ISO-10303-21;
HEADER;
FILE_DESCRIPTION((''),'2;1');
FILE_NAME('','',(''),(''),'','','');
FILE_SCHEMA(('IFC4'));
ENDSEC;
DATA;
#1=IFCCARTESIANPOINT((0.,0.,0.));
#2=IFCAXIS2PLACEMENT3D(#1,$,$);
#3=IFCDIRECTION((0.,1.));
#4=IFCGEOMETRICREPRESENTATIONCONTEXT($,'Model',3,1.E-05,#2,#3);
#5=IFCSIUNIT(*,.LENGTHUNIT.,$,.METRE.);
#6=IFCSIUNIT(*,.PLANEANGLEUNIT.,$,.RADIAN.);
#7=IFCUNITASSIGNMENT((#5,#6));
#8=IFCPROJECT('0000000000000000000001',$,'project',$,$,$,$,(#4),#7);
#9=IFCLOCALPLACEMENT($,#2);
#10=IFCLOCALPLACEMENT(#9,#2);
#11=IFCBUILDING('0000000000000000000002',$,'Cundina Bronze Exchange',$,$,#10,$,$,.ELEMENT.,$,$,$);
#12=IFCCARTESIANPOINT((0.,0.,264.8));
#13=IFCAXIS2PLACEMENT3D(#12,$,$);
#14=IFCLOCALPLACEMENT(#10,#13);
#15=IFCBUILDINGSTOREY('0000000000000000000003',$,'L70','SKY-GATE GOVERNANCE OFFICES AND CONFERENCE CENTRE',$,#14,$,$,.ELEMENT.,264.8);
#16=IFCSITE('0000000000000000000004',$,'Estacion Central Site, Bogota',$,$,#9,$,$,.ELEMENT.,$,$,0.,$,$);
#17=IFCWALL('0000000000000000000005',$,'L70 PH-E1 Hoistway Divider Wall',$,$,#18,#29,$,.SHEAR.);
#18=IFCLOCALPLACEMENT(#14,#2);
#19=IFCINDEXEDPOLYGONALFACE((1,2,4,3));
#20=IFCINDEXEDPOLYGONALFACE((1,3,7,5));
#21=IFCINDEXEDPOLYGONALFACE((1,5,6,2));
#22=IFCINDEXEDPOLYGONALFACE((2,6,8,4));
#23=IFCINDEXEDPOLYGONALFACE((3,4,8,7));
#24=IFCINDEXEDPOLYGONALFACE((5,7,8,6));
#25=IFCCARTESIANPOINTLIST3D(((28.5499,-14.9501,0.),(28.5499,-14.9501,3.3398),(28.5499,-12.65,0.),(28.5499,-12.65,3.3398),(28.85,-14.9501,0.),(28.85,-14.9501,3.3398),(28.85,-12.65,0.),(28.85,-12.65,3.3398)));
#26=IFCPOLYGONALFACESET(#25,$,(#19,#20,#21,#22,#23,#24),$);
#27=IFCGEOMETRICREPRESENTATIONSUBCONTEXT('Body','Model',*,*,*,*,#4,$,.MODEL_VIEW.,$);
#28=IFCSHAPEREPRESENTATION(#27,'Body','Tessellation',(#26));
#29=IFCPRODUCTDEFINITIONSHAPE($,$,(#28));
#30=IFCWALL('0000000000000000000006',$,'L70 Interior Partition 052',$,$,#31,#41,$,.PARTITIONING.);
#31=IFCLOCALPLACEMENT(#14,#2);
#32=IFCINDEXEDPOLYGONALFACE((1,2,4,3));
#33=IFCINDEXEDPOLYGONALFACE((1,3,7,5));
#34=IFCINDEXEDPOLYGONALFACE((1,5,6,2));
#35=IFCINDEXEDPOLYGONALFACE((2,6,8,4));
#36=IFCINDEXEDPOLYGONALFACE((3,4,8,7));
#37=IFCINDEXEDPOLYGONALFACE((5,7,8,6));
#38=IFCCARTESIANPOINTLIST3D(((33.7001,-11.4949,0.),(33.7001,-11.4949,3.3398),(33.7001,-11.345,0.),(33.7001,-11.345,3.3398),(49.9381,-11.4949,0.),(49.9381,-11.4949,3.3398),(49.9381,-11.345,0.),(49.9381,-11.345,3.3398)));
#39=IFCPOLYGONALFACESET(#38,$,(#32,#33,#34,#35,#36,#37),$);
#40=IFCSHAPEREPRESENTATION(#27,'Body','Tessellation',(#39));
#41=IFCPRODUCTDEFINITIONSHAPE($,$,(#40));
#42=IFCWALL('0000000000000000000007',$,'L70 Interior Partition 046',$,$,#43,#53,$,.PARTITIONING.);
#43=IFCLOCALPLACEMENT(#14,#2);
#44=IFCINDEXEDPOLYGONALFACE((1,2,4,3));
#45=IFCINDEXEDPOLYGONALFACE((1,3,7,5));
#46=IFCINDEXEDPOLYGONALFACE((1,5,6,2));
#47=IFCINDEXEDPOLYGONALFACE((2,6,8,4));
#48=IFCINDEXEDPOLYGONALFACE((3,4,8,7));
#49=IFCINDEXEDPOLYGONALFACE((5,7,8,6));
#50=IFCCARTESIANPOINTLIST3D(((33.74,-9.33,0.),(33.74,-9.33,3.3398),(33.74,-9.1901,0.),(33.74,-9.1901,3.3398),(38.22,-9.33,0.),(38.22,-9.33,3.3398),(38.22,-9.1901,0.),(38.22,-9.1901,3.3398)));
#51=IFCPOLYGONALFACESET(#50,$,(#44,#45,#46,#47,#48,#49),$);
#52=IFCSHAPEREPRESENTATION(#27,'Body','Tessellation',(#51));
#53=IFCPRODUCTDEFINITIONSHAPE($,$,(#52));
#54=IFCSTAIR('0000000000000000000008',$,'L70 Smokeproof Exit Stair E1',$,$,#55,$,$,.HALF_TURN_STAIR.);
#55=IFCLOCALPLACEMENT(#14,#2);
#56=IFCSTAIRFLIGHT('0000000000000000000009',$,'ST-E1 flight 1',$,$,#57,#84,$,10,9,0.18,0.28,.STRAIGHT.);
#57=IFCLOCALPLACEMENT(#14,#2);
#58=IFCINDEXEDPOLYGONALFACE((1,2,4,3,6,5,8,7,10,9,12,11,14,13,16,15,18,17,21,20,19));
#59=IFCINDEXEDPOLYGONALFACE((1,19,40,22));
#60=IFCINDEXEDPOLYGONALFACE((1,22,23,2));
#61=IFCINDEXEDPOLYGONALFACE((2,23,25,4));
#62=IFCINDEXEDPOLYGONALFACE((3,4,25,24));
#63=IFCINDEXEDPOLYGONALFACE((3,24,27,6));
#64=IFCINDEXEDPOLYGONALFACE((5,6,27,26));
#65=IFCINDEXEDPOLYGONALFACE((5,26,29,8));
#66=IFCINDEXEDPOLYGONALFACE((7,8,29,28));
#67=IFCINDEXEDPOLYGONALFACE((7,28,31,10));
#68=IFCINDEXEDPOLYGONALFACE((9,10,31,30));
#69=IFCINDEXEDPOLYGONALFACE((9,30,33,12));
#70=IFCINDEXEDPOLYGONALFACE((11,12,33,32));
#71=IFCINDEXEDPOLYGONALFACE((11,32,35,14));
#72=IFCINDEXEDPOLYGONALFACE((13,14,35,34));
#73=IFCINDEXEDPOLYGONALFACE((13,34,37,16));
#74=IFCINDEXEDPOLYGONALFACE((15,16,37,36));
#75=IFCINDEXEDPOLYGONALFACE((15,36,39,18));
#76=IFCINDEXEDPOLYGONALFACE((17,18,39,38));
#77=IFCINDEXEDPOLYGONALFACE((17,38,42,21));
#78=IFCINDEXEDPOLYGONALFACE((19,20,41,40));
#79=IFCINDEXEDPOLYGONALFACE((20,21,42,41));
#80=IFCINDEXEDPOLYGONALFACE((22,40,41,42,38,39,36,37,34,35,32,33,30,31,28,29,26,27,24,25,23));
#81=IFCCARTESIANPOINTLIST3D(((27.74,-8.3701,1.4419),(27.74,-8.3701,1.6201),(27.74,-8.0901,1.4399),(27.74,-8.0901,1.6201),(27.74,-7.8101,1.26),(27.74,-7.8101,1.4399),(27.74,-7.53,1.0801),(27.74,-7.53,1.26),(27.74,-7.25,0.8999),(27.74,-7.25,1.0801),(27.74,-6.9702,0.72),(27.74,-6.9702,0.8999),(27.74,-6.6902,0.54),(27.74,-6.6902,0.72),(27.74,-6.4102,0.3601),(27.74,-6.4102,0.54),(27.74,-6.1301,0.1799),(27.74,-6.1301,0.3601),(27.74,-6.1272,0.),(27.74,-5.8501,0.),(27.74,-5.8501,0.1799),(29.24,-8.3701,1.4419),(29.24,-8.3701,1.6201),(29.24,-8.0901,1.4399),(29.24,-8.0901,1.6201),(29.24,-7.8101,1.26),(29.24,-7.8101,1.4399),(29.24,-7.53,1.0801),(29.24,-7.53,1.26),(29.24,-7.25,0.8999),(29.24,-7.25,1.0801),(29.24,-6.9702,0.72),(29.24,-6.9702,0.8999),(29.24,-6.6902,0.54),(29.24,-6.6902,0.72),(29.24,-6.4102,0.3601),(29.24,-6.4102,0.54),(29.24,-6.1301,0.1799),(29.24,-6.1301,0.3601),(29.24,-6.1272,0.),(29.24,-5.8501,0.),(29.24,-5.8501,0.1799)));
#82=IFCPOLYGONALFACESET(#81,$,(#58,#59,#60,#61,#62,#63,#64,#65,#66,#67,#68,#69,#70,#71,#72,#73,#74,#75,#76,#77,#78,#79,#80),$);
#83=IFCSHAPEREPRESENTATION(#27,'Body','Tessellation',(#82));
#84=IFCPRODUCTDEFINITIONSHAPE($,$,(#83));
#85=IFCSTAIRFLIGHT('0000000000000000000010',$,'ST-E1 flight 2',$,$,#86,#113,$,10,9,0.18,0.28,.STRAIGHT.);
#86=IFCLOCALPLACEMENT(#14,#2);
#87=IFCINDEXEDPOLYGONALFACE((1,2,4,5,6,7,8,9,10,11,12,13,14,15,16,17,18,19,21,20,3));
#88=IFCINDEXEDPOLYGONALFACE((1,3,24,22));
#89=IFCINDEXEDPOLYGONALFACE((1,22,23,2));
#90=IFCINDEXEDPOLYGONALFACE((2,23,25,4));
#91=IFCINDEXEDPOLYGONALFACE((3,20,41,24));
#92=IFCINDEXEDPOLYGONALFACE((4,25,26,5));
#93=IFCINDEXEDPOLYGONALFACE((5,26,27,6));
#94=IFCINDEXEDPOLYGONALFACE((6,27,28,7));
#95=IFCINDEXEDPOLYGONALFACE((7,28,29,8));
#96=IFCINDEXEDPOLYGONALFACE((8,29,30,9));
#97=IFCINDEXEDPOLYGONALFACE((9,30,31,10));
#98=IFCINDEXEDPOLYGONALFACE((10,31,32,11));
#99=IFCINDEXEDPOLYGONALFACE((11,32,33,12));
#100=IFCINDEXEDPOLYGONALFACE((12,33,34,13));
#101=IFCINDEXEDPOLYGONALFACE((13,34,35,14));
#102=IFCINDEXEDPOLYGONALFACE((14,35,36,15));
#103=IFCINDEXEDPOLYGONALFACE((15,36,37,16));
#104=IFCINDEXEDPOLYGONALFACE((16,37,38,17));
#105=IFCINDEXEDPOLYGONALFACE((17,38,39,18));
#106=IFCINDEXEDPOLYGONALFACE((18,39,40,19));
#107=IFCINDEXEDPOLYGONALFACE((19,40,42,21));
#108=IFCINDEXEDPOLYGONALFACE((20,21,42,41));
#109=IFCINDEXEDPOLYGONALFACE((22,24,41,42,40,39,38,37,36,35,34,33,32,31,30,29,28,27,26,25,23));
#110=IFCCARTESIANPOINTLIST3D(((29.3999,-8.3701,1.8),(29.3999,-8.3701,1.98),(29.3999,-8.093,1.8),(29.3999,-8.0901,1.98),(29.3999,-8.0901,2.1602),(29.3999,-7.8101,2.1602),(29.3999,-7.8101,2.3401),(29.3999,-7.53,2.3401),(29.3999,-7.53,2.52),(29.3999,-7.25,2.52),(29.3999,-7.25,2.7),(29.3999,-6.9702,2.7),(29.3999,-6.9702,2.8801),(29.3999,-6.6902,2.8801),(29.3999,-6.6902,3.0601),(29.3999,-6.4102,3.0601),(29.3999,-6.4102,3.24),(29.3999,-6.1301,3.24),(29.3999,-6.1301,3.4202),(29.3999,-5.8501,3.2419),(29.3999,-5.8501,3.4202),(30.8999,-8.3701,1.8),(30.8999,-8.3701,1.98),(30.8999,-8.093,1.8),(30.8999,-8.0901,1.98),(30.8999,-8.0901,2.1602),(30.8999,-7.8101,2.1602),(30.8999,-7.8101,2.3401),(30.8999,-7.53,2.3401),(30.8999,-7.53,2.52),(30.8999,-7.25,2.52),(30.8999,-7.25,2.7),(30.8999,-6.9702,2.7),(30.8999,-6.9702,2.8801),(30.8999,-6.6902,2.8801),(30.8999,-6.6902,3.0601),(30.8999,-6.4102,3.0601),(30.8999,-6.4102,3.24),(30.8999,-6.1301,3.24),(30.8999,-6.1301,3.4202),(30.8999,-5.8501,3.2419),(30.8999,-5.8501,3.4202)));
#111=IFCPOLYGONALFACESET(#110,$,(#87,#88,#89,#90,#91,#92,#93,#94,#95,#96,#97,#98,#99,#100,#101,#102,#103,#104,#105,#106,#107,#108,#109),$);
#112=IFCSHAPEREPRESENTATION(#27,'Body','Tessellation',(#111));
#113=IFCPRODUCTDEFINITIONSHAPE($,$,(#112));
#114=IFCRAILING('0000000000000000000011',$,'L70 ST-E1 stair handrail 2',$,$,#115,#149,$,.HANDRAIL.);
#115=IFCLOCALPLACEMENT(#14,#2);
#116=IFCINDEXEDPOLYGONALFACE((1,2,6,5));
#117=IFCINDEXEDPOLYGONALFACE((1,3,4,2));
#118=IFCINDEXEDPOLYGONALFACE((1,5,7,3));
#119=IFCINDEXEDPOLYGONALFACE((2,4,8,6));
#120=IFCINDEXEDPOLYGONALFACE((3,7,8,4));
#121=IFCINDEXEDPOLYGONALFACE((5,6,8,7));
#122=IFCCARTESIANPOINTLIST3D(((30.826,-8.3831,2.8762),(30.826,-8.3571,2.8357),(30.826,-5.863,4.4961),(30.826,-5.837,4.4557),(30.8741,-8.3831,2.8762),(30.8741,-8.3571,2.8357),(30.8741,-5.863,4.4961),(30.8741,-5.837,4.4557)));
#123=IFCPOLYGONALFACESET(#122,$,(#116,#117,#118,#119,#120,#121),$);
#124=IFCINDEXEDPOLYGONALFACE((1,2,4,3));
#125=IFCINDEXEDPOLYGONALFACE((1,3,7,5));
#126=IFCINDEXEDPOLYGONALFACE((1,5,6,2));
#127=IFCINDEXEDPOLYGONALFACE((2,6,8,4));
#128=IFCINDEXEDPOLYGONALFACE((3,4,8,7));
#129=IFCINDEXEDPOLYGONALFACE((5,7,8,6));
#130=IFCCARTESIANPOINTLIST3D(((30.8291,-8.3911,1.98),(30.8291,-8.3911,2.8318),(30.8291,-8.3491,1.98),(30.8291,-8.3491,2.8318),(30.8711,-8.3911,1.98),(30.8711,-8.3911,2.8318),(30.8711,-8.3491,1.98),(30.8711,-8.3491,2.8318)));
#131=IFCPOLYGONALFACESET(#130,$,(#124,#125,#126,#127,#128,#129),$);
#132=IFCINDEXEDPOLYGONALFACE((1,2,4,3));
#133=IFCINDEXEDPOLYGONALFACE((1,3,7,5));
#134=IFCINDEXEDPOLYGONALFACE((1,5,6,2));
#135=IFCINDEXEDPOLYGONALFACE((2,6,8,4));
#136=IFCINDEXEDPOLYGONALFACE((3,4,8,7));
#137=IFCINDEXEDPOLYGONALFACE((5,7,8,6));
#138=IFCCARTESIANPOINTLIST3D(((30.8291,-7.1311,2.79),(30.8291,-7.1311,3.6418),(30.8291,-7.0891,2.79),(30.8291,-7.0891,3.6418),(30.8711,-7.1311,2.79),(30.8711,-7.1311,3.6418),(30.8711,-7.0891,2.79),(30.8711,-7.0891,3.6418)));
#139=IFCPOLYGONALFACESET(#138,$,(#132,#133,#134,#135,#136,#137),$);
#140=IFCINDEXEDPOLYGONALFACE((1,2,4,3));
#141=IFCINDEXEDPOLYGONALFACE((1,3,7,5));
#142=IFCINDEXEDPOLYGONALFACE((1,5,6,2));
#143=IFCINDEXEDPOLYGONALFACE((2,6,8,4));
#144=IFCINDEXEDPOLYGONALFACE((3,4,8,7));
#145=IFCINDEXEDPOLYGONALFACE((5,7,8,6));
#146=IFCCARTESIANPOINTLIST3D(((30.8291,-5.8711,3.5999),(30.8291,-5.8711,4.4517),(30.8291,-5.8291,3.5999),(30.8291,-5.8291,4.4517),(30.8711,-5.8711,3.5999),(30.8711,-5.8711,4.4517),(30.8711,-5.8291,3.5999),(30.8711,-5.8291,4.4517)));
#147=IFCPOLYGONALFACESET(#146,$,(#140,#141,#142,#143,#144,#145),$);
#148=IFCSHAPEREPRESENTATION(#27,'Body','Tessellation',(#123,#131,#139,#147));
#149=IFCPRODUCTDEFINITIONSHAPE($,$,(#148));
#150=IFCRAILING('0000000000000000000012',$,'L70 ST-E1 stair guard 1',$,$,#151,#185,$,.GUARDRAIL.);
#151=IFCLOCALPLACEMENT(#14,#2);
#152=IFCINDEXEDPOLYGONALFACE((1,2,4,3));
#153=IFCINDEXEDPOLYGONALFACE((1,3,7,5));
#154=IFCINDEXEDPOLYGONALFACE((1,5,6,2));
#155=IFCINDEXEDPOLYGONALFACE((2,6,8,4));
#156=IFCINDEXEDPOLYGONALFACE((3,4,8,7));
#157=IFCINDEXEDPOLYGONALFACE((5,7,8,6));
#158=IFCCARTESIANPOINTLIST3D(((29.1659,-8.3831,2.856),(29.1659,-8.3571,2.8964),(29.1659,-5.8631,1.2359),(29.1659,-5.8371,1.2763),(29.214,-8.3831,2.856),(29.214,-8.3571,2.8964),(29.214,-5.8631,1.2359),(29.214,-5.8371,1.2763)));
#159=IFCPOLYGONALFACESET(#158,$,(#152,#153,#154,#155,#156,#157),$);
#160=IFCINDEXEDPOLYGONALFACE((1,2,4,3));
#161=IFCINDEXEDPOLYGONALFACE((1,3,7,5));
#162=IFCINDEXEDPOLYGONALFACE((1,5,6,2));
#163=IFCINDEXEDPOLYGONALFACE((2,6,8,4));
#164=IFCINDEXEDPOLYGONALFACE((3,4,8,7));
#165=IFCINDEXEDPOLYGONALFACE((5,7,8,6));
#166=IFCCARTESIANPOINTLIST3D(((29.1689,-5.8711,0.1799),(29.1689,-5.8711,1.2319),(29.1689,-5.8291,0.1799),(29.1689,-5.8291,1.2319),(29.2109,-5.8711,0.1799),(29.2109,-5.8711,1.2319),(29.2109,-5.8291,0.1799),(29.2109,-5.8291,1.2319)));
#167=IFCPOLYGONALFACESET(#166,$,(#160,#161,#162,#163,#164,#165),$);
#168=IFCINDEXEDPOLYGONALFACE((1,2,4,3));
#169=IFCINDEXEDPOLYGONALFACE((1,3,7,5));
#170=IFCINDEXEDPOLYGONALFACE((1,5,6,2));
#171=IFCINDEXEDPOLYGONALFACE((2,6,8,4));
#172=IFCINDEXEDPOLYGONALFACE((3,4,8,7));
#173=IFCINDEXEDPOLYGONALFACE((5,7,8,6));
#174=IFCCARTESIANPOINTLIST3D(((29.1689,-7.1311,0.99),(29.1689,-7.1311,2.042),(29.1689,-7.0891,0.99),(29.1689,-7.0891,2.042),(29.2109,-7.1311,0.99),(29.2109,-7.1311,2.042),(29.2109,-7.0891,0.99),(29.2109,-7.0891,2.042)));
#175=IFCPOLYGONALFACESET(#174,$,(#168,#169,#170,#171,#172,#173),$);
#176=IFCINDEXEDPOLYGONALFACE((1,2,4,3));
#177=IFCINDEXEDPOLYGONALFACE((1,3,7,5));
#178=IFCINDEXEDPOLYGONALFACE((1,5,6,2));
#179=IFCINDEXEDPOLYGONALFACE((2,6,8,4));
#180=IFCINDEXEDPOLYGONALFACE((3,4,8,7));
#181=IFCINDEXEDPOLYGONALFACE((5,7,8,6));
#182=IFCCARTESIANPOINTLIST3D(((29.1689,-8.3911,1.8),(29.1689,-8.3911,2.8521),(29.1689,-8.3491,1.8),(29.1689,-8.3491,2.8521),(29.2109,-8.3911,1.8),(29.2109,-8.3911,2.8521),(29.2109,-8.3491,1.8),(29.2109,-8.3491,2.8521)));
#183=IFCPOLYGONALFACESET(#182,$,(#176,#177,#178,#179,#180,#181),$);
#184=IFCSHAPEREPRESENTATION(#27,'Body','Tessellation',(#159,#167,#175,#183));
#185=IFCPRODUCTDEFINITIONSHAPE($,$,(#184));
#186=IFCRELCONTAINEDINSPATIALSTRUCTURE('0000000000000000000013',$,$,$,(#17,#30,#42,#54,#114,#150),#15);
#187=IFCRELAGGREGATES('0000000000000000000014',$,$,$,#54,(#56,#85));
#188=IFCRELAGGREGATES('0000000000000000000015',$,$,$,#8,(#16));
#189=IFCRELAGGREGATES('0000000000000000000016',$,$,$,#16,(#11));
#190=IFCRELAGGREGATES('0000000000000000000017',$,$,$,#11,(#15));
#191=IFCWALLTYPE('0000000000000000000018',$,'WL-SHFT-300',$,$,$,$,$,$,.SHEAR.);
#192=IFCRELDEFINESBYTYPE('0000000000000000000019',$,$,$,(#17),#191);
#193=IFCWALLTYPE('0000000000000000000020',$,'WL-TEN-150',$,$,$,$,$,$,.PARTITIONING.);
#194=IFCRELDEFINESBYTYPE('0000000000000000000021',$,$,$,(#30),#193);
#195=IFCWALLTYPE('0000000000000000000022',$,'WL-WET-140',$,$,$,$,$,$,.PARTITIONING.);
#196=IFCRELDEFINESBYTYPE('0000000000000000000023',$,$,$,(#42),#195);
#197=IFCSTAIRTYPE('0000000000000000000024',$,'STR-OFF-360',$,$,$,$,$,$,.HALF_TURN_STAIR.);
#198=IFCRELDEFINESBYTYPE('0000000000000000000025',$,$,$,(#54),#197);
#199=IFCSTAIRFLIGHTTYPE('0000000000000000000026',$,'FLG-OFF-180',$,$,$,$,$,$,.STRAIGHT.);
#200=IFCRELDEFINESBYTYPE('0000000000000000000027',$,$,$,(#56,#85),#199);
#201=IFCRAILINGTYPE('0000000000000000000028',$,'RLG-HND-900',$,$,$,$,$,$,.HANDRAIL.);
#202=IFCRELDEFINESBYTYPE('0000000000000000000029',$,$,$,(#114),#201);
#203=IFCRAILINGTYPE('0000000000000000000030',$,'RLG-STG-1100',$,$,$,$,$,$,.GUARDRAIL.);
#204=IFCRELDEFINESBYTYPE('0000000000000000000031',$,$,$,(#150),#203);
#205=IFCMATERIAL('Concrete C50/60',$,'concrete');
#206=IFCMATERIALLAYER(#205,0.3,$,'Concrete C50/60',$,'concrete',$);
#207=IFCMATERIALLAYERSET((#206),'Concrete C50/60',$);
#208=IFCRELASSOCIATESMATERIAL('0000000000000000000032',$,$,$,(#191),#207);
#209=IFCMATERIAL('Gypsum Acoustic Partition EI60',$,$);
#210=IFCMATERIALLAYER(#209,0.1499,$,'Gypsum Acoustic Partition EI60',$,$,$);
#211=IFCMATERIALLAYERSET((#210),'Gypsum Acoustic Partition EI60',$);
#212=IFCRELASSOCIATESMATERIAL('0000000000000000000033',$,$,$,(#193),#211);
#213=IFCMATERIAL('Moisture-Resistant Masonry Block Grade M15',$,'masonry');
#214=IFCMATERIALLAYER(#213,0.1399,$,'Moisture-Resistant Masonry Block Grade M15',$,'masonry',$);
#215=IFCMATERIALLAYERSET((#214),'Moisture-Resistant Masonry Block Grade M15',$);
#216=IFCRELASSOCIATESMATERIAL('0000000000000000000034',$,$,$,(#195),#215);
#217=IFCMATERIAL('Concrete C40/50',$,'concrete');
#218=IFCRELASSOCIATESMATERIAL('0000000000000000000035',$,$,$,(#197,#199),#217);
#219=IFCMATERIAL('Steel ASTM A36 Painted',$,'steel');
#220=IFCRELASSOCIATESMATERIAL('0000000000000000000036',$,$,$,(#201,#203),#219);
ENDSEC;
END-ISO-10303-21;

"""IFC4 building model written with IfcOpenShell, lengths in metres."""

from ifc_helpers import new_model, si_unit, direction, frame, frame_2d, origin, origin_2d, place, context, subcontext, project, spatial, polyline, rectangle, outline, extrude, material, layer, layer_set, type_object, element, aggregate, save


model = new_model("IFC4")

# Units and contexts
model_context = context("Model", 3, precision=1e-05, world=origin(), true_north=direction((0.0, 1.0)))
body_context = subcontext(model_context, "Body", "Model", "MODEL_VIEW")
ifc_project = project(units=[si_unit("LENGTHUNIT", "METRE"), si_unit("PLANEANGLEUNIT", "RADIAN")], contexts=[model_context])

# Site, building, storey
site_placement = place(None, origin())
site = spatial("IfcSite", under=ifc_project, at=site_placement, Name="Estacion Central Site, Bogota", CompositionType="ELEMENT", RefElevation=0.0)
building_placement = place(site_placement, origin())
building = spatial("IfcBuilding", under=site, at=building_placement, Name="Cundina Bronze Exchange", CompositionType="ELEMENT")
storey_placement = place(building_placement, frame((0.0, 0.0, 264.8)))
storey = spatial("IfcBuildingStorey", under=building, at=storey_placement, Name="L70", Description="SKY-GATE GOVERNANCE OFFICES AND CONFERENCE CENTRE", CompositionType="ELEMENT", Elevation=264.8)

# Walls
ifc_material_1 = material(Name="Concrete C50/60", Category="concrete")
ifc_layer_1 = layer(ifc_material_1, 0.3, Name="Concrete C50/60", Category="concrete")
ifc_layer_set_1 = layer_set([ifc_layer_1], Name="Concrete C50/60")
wall_type_1 = type_object("IfcWallType", Name="WL-SHFT-300", PredefinedType="SHEAR", material=ifc_layer_set_1)
wall_1_placement = place(storey_placement, frame((28.7, -14.95, 0.0), z_axis=(0.0, 0.0, 1.0), x_axis=(0.0, 1.0, 0.0)))
element("IfcWall", 1, at=wall_1_placement, inside=storey, type_object=wall_type_1, Name="L70 PH-E1 Hoistway Divider Wall", PredefinedType="SHEAR", context=body_context, shape_type="SweptSolid", body=[
    extrude(rectangle(XDim=2.3, YDim=0.3, at=frame_2d((1.1499, 0.0))), origin(), (0.0, 0.0, 1.0), 3.3398),
])
ifc_material_2 = material(Name="Gypsum Acoustic Partition EI60")
ifc_layer_2 = layer(ifc_material_2, 0.1499, Name="Gypsum Acoustic Partition EI60")
ifc_layer_set_2 = layer_set([ifc_layer_2], Name="Gypsum Acoustic Partition EI60")
wall_type_2 = type_object("IfcWallType", Name="WL-TEN-150", PredefinedType="PARTITIONING", material=ifc_layer_set_2)
wall_2_placement = place(storey_placement, frame((33.7, -11.4199, 0.0), z_axis=(0.0, 0.0, 1.0), x_axis=(1.0, 0.0, 0.0)))
element("IfcWall", 2, at=wall_2_placement, inside=storey, type_object=wall_type_2, Name="L70 Interior Partition 052", PredefinedType="PARTITIONING", context=body_context, shape_type="SweptSolid", body=[
    extrude(rectangle(XDim=16.238, YDim=0.1499, at=frame_2d((8.1191, 0.0))), origin(), (0.0, 0.0, 1.0), 3.3398),
])
ifc_material_3 = material(Name="Moisture-Resistant Masonry Block Grade M15", Category="masonry")
ifc_layer_3 = layer(ifc_material_3, 0.1399, Name="Moisture-Resistant Masonry Block Grade M15", Category="masonry")
ifc_layer_set_3 = layer_set([ifc_layer_3], Name="Moisture-Resistant Masonry Block Grade M15")
wall_type_3 = type_object("IfcWallType", Name="WL-WET-140", PredefinedType="PARTITIONING", material=ifc_layer_set_3)
wall_3_placement = place(storey_placement, frame((33.74, -9.26, 0.0), z_axis=(0.0, 0.0, 1.0), x_axis=(1.0, 0.0, 0.0)))
element("IfcWall", 3, at=wall_3_placement, inside=storey, type_object=wall_type_3, Name="L70 Interior Partition 046", PredefinedType="PARTITIONING", context=body_context, shape_type="SweptSolid", body=[
    extrude(rectangle(XDim=4.48, YDim=0.1399, at=frame_2d((2.24, 0.0))), origin(), (0.0, 0.0, 1.0), 3.3398),
])

# Stair, stair flights
ifc_material_4 = material(Name="Concrete C40/50", Category="concrete")
stair_type = type_object("IfcStairType", Name="STR-OFF-360", PredefinedType="HALF_TURN_STAIR", material=ifc_material_4)
stair_placement = place(storey_placement, origin())
stair = element("IfcStair", 4, at=stair_placement, inside=storey, type_object=stair_type, Name="L70 Smokeproof Exit Stair E1", PredefinedType="HALF_TURN_STAIR")
stair_flight_type = type_object("IfcStairFlightType", Name="FLG-OFF-180", PredefinedType="STRAIGHT", material=ifc_material_4)
stair_flight_1_placement = place(storey_placement, frame((28.49, -5.8501, 0.0), z_axis=(0.0, 0.0, 1.0), x_axis=(0.0, -1.0, 0.0)))
stair_flight_1 = element("IfcStairFlight", 5, at=stair_flight_1_placement, type_object=stair_flight_type, Name="ST-E1 flight 1", NumberOfRisers=10, NumberOfTreads=9, PredefinedType="STRAIGHT", RiserHeight=0.18, TreadLength=0.28, context=body_context, shape_type="SweptSolid", body=[
    extrude(outline(polyline([(0.0, 0.0), (0.0, 0.1799), (0.28, 0.1799), (0.28, 0.3601), (0.5601, 0.3601), (0.5601, 0.54), (0.8401, 0.54), (0.8401, 0.72), (1.1201, 0.72), (1.1201, 0.8999), (1.3999, 0.8999), (1.3999, 1.0801), (1.6799, 1.0801), (1.6799, 1.26), (1.96, 1.26), (1.96, 1.4399), (2.24, 1.4399), (2.24, 1.6201), (2.52, 1.6201), (2.52, 1.8), (2.52, 1.4419), (0.2771, 0.0), (0.0, 0.0)])), frame((0.0, 0.75, 0.0), z_axis=(0.0, -1.0, 0.0), x_axis=(1.0, 0.0, 0.0)), (0.0, 0.0, 1.0), 1.5),
])
stair_flight_2_placement = place(storey_placement, frame((30.1499, -8.3701, 1.8), z_axis=(0.0, 0.0, 1.0), x_axis=(0.0, 1.0, 0.0)))
stair_flight_2 = element("IfcStairFlight", 6, at=stair_flight_2_placement, type_object=stair_flight_type, Name="ST-E1 flight 2", NumberOfRisers=10, NumberOfTreads=9, PredefinedType="STRAIGHT", RiserHeight=0.18, TreadLength=0.28, context=body_context, shape_type="SweptSolid", body=[
    extrude(outline(polyline([(0.0, 0.0), (0.0, 0.1799), (0.28, 0.1799), (0.28, 0.3601), (0.5601, 0.3601), (0.5601, 0.54), (0.8401, 0.54), (0.8401, 0.72), (1.1201, 0.72), (1.1201, 0.8999), (1.3999, 0.8999), (1.3999, 1.0801), (1.6799, 1.0801), (1.6799, 1.26), (1.96, 1.26), (1.96, 1.4399), (2.24, 1.4399), (2.24, 1.6201), (2.52, 1.6201), (2.52, 1.8), (2.52, 1.4419), (0.2771, 0.0), (0.0, 0.0)])), frame((0.0, 0.75, 0.0), z_axis=(0.0, -1.0, 0.0), x_axis=(1.0, 0.0, 0.0)), (0.0, 0.0, 1.0), 1.5),
])
aggregate(stair, [stair_flight_1, stair_flight_2])

# Railings
ifc_material_5 = material(Name="Steel ASTM A36 Painted", Category="steel")
railing_type_1 = type_object("IfcRailingType", Name="RLG-HND-900", PredefinedType="HANDRAIL", material=ifc_material_5)
railing_1_placement = place(storey_placement, frame((30.8501, -8.3701, 1.98)))
element("IfcRailing", 7, at=railing_1_placement, inside=storey, type_object=railing_type_1, Name="L70 ST-E1 stair handrail 2", PredefinedType="HANDRAIL", context=body_context, shape_type="SweptSolid", body=[
    extrude(rectangle(XDim=0.0481, YDim=0.0481, at=origin_2d()), frame((0.0, 0.0, 0.876), z_axis=(0.0, 0.8412, 0.540725), x_axis=(-1.0, 0.0, 0.0)), (0.0, 0.0, 1.0), 2.9958),
    extrude(rectangle(XDim=0.042, YDim=0.042, at=origin_2d()), origin(), (0.0, 0.0, 1.0), 0.8518),
    extrude(rectangle(XDim=0.042, YDim=0.042, at=origin_2d()), frame((0.0, 1.26, 0.8101)), (0.0, 0.0, 1.0), 0.8518),
    extrude(rectangle(XDim=0.042, YDim=0.042, at=origin_2d()), frame((0.0, 2.52, 1.6199)), (0.0, 0.0, 1.0), 0.8518),
])
railing_type_2 = type_object("IfcRailingType", Name="RLG-STG-1100", PredefinedType="GUARDRAIL", material=ifc_material_5)
railing_2_placement = place(storey_placement, frame((29.1899, -5.8501, 0.1799)))
element("IfcRailing", 8, at=railing_2_placement, inside=storey, type_object=railing_type_2, Name="L70 ST-E1 stair guard 1", PredefinedType="GUARDRAIL", context=body_context, shape_type="SweptSolid", body=[
    extrude(rectangle(XDim=0.0481, YDim=0.0481, at=origin_2d()), frame((0.0, 0.0, 1.0762), z_axis=(0.0, -0.841163, 0.540782), x_axis=(1.0, 0.0, 0.0)), (0.0, 0.0, 1.0), 2.9958),
    extrude(rectangle(XDim=0.042, YDim=0.042, at=origin_2d()), origin(), (0.0, 0.0, 1.0), 1.052),
    extrude(rectangle(XDim=0.042, YDim=0.042, at=origin_2d()), frame((0.0, -1.26, 0.8101)), (0.0, 0.0, 1.0), 1.052),
    extrude(rectangle(XDim=0.042, YDim=0.042, at=origin_2d()), frame((0.0, -2.52, 1.6201)), (0.0, 0.0, 1.0), 1.052),
])

save(model, "model.ifc")
